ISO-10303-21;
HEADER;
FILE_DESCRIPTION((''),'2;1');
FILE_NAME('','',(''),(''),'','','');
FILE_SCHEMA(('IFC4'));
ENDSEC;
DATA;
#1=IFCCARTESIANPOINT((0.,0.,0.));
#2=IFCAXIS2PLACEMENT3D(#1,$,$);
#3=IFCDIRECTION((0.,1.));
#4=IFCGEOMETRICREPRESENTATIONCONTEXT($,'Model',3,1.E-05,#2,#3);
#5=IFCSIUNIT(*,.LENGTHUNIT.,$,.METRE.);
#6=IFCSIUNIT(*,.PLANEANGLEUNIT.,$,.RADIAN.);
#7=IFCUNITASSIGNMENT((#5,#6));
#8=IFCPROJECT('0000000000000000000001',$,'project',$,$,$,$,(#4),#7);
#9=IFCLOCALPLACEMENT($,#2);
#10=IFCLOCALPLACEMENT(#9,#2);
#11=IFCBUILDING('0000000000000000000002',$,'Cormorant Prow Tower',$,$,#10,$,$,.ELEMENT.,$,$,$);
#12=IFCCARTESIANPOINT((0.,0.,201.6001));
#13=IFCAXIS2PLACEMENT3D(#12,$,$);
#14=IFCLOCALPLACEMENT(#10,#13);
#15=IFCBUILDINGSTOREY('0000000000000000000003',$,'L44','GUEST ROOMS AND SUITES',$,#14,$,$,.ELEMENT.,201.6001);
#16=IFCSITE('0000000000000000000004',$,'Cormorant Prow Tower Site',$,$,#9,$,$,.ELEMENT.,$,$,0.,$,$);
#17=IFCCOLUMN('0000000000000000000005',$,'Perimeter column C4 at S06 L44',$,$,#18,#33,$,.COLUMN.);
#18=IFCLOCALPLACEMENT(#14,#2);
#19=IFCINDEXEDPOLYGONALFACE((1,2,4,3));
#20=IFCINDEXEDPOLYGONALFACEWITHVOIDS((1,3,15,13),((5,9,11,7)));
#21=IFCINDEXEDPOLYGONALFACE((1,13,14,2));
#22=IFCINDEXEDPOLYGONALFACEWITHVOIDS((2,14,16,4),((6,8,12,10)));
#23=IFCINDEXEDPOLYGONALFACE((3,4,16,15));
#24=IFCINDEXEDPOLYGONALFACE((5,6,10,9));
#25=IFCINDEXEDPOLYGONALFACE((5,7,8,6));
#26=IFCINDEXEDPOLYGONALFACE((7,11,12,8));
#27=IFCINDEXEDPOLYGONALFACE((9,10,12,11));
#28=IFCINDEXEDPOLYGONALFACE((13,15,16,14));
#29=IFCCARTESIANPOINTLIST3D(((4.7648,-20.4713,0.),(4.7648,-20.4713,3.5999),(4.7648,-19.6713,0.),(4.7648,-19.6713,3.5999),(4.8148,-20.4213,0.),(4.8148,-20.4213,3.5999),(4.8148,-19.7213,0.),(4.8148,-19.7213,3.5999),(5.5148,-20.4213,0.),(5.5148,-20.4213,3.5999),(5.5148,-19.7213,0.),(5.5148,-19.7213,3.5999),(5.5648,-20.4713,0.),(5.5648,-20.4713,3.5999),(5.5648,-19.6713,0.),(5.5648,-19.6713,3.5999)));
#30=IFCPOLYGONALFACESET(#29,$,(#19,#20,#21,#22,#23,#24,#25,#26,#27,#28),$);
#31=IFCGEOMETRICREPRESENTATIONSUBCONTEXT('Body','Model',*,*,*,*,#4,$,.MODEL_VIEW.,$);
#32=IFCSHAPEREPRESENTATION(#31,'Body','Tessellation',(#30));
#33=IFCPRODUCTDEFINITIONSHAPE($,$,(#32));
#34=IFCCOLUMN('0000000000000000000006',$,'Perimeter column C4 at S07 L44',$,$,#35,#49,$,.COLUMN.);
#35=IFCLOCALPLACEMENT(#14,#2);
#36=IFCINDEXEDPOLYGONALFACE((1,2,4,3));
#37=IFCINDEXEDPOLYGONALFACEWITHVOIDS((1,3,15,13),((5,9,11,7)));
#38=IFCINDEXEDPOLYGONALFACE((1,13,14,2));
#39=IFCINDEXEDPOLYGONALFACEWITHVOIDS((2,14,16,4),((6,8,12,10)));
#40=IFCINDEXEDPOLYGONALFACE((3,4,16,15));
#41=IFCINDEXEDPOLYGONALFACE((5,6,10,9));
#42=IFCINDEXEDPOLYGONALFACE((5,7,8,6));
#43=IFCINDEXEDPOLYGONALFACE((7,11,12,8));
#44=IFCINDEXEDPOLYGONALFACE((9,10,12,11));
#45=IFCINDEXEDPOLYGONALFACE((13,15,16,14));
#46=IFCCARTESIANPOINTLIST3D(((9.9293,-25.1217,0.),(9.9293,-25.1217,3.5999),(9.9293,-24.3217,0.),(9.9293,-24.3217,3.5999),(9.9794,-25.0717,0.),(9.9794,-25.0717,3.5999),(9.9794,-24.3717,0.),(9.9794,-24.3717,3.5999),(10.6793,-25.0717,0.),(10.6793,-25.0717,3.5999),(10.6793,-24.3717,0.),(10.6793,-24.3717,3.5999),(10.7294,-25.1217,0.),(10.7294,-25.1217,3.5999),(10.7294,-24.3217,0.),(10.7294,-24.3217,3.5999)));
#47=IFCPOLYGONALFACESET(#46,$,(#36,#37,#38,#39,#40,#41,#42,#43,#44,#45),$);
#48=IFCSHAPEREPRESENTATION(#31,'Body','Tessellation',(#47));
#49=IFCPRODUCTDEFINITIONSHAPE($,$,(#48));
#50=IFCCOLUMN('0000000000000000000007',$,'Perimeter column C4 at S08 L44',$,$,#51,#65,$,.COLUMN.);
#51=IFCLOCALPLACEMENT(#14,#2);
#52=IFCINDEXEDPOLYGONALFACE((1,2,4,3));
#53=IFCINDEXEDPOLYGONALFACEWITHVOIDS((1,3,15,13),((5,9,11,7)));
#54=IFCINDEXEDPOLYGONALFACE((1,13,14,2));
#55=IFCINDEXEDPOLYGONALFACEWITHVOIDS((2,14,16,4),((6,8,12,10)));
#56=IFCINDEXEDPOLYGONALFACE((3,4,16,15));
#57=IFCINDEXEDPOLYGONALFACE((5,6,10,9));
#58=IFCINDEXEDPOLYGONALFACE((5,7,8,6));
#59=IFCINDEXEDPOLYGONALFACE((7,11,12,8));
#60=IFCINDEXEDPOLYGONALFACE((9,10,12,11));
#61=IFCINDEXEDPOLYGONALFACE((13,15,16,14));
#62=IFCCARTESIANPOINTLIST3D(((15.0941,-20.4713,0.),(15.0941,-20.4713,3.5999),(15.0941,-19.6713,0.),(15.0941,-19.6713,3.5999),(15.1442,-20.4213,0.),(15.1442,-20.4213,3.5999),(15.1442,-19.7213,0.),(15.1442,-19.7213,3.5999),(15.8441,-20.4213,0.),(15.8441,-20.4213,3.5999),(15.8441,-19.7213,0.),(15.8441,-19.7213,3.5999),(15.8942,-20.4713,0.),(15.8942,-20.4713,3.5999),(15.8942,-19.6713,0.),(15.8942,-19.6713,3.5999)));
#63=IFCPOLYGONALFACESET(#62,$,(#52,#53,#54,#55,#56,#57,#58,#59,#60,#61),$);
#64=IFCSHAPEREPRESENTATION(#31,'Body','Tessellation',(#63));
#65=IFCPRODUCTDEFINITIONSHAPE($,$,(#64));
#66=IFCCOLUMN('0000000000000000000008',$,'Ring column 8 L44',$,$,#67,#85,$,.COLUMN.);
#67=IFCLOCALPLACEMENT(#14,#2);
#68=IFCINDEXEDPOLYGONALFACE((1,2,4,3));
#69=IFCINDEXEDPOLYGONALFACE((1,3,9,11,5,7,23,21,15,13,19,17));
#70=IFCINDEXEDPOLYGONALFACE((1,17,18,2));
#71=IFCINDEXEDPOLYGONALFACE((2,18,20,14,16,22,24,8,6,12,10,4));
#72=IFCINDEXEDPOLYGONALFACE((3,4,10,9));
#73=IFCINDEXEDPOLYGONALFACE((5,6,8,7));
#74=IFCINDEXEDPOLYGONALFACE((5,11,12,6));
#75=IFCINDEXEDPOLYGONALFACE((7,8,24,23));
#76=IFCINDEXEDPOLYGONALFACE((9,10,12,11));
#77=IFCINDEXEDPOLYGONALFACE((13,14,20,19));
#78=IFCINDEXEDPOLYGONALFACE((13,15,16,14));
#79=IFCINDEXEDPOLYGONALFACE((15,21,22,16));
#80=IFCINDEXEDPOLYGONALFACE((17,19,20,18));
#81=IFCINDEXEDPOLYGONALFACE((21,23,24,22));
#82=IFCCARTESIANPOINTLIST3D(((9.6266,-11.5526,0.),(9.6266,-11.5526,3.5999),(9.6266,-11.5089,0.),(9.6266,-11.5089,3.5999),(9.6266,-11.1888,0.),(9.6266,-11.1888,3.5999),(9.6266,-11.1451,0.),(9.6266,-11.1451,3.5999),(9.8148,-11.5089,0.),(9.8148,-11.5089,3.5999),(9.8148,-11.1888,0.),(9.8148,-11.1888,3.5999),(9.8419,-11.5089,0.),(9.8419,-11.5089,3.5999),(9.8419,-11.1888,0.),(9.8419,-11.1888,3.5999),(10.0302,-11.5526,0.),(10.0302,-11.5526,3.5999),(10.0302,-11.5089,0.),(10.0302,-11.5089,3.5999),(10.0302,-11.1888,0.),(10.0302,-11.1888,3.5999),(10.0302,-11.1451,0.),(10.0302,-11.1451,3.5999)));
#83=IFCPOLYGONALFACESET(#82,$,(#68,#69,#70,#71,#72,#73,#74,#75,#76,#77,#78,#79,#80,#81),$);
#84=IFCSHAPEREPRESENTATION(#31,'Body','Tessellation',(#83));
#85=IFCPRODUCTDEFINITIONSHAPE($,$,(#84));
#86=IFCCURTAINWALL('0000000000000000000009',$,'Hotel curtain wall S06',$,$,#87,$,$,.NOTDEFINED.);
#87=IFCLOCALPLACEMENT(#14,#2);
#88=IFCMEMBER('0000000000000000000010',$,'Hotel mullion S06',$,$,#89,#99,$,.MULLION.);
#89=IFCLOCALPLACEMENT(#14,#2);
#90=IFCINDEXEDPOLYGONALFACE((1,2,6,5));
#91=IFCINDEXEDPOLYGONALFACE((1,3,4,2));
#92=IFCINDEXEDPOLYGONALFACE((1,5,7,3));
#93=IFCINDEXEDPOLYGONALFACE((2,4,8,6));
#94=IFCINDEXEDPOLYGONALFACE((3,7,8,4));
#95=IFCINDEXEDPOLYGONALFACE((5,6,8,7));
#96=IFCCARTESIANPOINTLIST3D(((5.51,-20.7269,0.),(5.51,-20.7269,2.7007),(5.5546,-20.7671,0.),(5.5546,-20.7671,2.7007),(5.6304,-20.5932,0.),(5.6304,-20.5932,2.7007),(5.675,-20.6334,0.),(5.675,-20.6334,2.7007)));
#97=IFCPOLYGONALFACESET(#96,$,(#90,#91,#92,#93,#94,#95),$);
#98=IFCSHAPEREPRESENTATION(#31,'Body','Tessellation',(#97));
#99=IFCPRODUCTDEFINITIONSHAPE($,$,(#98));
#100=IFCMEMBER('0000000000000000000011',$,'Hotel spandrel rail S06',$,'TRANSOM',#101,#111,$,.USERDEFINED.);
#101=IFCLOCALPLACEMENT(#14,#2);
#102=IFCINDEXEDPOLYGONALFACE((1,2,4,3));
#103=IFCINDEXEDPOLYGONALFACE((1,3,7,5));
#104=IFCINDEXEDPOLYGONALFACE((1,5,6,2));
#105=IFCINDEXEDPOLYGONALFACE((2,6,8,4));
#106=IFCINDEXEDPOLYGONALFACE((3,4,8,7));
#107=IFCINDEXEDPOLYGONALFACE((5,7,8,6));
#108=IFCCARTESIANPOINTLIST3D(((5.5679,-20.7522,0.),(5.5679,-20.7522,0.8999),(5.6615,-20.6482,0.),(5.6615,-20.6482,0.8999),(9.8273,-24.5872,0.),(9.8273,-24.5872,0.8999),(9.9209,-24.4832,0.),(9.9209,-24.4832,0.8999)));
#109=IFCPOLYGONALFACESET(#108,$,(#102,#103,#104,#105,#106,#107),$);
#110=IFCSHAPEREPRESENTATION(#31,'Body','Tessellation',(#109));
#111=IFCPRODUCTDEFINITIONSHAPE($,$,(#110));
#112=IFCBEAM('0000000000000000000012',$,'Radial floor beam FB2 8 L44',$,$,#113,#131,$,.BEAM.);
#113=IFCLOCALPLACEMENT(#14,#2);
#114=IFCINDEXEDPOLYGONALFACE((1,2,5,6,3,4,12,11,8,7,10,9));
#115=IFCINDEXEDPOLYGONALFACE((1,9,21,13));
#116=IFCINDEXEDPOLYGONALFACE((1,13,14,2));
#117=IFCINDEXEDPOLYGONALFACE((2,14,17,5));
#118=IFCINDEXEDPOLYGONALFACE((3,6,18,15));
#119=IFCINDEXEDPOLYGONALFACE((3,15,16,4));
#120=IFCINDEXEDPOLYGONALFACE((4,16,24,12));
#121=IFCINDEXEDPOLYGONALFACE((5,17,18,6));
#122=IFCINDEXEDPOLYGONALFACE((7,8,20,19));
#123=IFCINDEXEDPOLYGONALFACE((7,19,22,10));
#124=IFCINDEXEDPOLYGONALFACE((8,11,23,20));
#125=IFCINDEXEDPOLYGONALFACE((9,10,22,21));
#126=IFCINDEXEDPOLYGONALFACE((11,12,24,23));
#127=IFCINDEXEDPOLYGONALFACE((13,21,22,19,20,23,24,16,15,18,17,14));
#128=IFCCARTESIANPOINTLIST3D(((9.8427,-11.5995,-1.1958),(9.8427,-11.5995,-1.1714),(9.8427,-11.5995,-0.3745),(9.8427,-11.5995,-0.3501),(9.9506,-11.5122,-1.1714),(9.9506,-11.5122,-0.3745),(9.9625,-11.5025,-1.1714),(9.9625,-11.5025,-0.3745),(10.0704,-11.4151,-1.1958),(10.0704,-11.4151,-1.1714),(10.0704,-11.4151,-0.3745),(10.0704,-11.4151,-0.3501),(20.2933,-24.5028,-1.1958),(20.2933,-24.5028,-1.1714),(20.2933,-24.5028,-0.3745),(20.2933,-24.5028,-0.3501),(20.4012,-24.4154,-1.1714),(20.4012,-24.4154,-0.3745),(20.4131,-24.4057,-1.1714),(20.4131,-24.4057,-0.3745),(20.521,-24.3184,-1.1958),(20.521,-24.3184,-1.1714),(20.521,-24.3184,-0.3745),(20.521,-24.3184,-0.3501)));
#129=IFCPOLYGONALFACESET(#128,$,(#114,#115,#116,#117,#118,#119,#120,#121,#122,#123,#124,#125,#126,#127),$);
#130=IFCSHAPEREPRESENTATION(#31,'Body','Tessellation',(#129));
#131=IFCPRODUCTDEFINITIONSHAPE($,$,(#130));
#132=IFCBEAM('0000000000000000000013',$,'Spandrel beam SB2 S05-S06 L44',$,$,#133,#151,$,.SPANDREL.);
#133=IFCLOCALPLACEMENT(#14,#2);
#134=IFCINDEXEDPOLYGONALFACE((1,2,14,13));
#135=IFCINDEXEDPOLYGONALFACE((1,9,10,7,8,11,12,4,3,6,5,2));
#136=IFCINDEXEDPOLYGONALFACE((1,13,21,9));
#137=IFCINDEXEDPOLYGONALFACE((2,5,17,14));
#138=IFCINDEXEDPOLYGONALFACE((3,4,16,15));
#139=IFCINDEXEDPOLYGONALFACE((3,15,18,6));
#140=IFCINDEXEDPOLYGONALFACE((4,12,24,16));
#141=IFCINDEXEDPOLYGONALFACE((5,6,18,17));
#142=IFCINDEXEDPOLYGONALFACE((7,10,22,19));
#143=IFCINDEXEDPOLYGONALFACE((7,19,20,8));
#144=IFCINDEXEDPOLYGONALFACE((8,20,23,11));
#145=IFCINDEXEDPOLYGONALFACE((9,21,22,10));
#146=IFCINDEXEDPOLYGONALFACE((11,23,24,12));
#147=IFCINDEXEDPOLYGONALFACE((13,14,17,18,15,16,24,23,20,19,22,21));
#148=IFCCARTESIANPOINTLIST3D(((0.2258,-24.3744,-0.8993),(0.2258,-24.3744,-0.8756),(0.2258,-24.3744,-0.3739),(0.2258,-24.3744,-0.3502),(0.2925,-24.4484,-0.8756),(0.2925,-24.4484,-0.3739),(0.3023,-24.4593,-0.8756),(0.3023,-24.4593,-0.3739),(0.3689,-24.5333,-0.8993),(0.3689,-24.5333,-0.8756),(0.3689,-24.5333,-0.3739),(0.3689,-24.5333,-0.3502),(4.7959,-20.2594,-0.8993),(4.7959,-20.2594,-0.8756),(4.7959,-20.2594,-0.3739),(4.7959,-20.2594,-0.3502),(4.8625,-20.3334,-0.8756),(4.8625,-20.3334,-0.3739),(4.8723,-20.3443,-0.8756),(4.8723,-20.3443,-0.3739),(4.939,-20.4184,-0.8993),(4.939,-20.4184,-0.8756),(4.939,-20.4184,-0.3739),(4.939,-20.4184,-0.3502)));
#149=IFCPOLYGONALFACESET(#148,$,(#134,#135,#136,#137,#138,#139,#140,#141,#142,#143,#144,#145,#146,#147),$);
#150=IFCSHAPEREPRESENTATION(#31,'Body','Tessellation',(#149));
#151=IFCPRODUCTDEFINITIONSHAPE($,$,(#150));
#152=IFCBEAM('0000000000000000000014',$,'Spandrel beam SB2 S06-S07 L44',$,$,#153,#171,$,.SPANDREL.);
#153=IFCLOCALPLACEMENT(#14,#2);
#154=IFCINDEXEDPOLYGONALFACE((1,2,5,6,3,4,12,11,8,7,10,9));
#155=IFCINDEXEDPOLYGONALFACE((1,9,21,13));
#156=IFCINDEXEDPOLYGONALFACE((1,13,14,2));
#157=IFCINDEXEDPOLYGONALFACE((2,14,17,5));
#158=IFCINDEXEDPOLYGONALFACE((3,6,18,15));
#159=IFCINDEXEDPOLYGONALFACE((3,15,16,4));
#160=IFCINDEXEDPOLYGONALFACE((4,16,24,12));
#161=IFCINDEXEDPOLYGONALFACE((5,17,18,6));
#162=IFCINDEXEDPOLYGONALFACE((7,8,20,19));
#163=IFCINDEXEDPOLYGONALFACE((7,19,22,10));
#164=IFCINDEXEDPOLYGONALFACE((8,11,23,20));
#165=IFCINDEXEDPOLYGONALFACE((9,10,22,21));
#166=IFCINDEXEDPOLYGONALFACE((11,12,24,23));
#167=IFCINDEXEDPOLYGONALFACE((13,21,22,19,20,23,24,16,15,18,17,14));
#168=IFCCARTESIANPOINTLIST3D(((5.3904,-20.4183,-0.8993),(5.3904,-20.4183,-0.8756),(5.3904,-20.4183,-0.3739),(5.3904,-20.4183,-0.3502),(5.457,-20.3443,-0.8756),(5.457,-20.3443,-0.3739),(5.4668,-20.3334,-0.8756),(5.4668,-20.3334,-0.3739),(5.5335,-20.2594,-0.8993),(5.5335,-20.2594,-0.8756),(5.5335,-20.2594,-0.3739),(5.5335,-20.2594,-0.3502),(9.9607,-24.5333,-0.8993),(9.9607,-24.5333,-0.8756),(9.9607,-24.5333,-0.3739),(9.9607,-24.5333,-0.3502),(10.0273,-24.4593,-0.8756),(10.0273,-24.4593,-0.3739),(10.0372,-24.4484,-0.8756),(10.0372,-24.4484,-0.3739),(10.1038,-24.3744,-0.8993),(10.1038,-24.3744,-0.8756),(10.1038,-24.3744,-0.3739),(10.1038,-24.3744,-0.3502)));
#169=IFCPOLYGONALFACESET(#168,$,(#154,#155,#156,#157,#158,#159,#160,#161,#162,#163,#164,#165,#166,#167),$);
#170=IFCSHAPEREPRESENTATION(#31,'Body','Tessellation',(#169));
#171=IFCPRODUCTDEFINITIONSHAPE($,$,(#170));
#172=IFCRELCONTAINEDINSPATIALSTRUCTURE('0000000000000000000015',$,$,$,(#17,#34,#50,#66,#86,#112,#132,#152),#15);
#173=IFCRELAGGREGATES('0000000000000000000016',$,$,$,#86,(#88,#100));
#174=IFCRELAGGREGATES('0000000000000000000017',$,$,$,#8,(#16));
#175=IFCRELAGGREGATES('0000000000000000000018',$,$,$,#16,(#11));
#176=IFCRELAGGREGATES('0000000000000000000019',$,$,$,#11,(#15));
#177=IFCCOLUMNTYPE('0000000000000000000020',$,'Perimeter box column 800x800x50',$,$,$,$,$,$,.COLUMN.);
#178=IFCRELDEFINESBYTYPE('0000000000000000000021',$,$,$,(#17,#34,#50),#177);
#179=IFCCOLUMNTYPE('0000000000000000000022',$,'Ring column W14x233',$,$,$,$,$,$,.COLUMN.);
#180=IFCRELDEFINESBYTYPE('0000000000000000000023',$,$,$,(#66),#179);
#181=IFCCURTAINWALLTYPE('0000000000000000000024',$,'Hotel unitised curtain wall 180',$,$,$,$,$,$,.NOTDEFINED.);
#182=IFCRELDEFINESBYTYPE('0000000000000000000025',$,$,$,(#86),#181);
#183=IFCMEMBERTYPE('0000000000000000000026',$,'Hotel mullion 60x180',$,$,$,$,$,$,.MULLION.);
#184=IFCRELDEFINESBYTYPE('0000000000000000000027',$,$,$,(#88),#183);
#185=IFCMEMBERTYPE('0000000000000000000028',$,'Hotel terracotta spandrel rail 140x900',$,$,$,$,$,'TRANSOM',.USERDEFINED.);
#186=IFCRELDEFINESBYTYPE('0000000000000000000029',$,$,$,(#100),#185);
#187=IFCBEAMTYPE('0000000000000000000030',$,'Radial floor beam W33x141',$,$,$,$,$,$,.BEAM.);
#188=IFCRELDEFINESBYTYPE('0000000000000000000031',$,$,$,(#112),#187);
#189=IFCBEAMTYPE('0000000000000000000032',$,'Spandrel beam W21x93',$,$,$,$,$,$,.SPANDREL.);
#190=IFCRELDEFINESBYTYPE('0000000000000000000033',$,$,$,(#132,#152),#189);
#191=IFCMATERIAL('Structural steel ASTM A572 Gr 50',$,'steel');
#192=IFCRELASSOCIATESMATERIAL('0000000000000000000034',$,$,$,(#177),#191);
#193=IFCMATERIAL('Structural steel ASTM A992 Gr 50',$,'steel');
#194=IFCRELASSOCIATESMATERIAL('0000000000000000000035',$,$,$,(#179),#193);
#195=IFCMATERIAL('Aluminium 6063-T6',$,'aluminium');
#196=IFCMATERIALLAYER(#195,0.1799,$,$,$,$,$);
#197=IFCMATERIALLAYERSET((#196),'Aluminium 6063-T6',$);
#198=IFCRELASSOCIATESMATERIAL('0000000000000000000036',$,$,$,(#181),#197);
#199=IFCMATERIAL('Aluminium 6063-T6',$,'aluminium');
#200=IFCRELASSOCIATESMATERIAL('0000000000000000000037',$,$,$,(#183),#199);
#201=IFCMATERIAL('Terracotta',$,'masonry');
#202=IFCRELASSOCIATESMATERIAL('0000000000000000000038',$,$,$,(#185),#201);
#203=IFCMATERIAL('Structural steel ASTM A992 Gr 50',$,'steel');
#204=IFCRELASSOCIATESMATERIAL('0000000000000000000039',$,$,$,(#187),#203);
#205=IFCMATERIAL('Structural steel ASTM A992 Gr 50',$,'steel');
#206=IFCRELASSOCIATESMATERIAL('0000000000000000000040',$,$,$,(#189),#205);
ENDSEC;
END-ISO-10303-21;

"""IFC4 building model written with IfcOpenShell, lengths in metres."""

from ifc_helpers import new_model, si_unit, direction, frame, origin, origin_2d, place, context, subcontext, project, spatial, rectangle, hollow_rectangle, i_section, extrude, material, layer, layer_set, material_profile, profile_set, type_object, element, aggregate, save


model = new_model("IFC4")

# Units and contexts
model_context = context("Model", 3, precision=1e-05, world=origin(), true_north=direction((0.0, 1.0)))
body_context = subcontext(model_context, "Body", "Model", "MODEL_VIEW")
ifc_project = project(units=[si_unit("LENGTHUNIT", "METRE"), si_unit("PLANEANGLEUNIT", "RADIAN")], contexts=[model_context])

# Site, building, storey
site_placement = place(None, origin())
site = spatial("IfcSite", under=ifc_project, at=site_placement, Name="Cormorant Prow Tower Site", CompositionType="ELEMENT", RefElevation=0.0)
building_placement = place(site_placement, origin())
building = spatial("IfcBuilding", under=site, at=building_placement, Name="Cormorant Prow Tower", CompositionType="ELEMENT")
storey_placement = place(building_placement, frame((0.0, 0.0, 201.6001)))
storey = spatial("IfcBuildingStorey", under=building, at=storey_placement, Name="L44", Description="GUEST ROOMS AND SUITES", CompositionType="ELEMENT", Elevation=201.6001)

# Columns
ifc_material_1 = material(Name="Structural steel ASTM A572 Gr 50", Category="steel")
ifc_material_profile_1 = material_profile(ifc_material_1, hollow_rectangle(XDim=0.8, YDim=0.8, WallThickness=0.05, at=origin_2d()), Name="Box 800x800x50")
ifc_profile_set_1 = profile_set([ifc_material_profile_1], Name="Structural steel ASTM A572 Gr 50")
column_type_1 = type_object("IfcColumnType", Name="Perimeter box column 800x800x50", PredefinedType="COLUMN", material=ifc_profile_set_1)
for number, where, z_axis, x_axis, name in (
    (1, (5.1648, -20.0713, 0.0), (0.0, 0.0, 1.0), (1.0, 0.0, 0.0), "Perimeter column C4 at S06 L44"),
    (2, (10.3293, -24.7217, 0.0), (0.0, 0.0, 1.0), (1.0, 0.0, 0.0), "Perimeter column C4 at S07 L44"),
    (3, (15.4941, -20.0713, 0.0), (0.0, 0.0, 1.0), (1.0, 0.0, 0.0), "Perimeter column C4 at S08 L44"),
):
    element("IfcColumn", number, at=place(storey_placement, frame(where, z_axis=z_axis, x_axis=x_axis)), inside=storey, type_object=column_type_1, Name=name, PredefinedType="COLUMN", context=body_context, shape_type="SweptSolid", body=[
        extrude(hollow_rectangle(XDim=0.8, YDim=0.8, WallThickness=0.05, at=origin_2d()), origin(), (0.0, 0.0, 1.0), 3.5999),
    ])
ifc_material_2 = material(Name="Structural steel ASTM A992 Gr 50", Category="steel")
ifc_material_profile_2 = material_profile(ifc_material_2, i_section(OverallWidth=0.4036, OverallDepth=0.4075, WebThickness=0.0271, FlangeThickness=0.0437, at=origin_2d()), Name="W14x233")
ifc_profile_set_2 = profile_set([ifc_material_profile_2], Name="Structural steel ASTM A992 Gr 50")
column_type_2 = type_object("IfcColumnType", Name="Ring column W14x233", PredefinedType="COLUMN", material=ifc_profile_set_2)
column_placement = place(storey_placement, frame((9.8284, -11.3489, 0.0), z_axis=(0.0, 0.0, 1.0), x_axis=(1.0, 0.0, 0.0)))
element("IfcColumn", 4, at=column_placement, inside=storey, type_object=column_type_2, Name="Ring column 8 L44", PredefinedType="COLUMN", context=body_context, shape_type="SweptSolid", body=[
    extrude(i_section(OverallWidth=0.4036, OverallDepth=0.4075, WebThickness=0.0271, FlangeThickness=0.0437, at=origin_2d()), origin(), (0.0, 0.0, 1.0), 3.5999),
])

# Curtain wall, members
ifc_material_3 = material(Name="Aluminium 6063-T6", Category="aluminium")
ifc_layer_1 = layer(ifc_material_3, 0.1799)
ifc_layer_set_1 = layer_set([ifc_layer_1], Name="Aluminium 6063-T6")
curtain_wall_type = type_object("IfcCurtainWallType", Name="Hotel unitised curtain wall 180", PredefinedType="NOTDEFINED", material=ifc_layer_set_1)
curtain_wall_placement = place(storey_placement, origin())
curtain_wall = element("IfcCurtainWall", 5, at=curtain_wall_placement, inside=storey, type_object=curtain_wall_type, Name="Hotel curtain wall S06", PredefinedType="NOTDEFINED")
ifc_material_4 = material(Name="Aluminium 6063-T6", Category="aluminium")
ifc_material_profile_3 = material_profile(ifc_material_4, rectangle(XDim=0.1799, YDim=0.0601, at=origin_2d()), Name="Hotel mullion 60x180")
ifc_profile_set_3 = profile_set([ifc_material_profile_3], Name="Aluminium 6063-T6")
member_type_1 = type_object("IfcMemberType", Name="Hotel mullion 60x180", PredefinedType="MULLION", material=ifc_profile_set_3)
member_1_placement = place(storey_placement, frame((5.5925, -20.6802, 0.0), z_axis=(0.0, 0.0, 1.0), x_axis=(0.669131, 0.743145, 0.0)))
member_1 = element("IfcMember", 6, at=member_1_placement, type_object=member_type_1, Name="Hotel mullion S06", PredefinedType="MULLION", context=body_context, shape_type="SweptSolid", body=[
    extrude(rectangle(XDim=0.1799, YDim=0.0601, at=origin_2d()), origin(), (0.0, 0.0, 1.0), 2.7007),
])
ifc_material_5 = material(Name="Terracotta", Category="masonry")
ifc_material_profile_4 = material_profile(ifc_material_5, rectangle(XDim=0.1399, YDim=0.8999, at=origin_2d()), Name="Hotel terracotta spandrel rail 140x900")
ifc_profile_set_4 = profile_set([ifc_material_profile_4], Name="Terracotta")
member_type_2 = type_object("IfcMemberType", Name="Hotel terracotta spandrel rail 140x900", ElementType="TRANSOM", PredefinedType="USERDEFINED", material=ifc_profile_set_4)
member_2_placement = place(storey_placement, frame((5.6147, -20.7002, 0.45), z_axis=(0.743154, -0.66912, 0.0), x_axis=(0.66912, 0.743154, 0.0)))
member_2 = element("IfcMember", 7, at=member_2_placement, type_object=member_type_2, Name="Hotel spandrel rail S06", ObjectType="TRANSOM", PredefinedType="USERDEFINED", context=body_context, shape_type="SweptSolid", body=[
    extrude(rectangle(XDim=0.1399, YDim=0.8999, at=origin_2d()), origin(), (0.0, 0.0, 1.0), 5.7314),
])

# Beams
ifc_material_6 = material(Name="Structural steel ASTM A992 Gr 50", Category="steel")
ifc_material_profile_5 = material_profile(ifc_material_6, i_section(OverallWidth=0.293, OverallDepth=0.8457, WebThickness=0.0154, FlangeThickness=0.0244, at=origin_2d()), Name="W33x141")
ifc_profile_set_5 = profile_set([ifc_material_profile_5], Name="Structural steel ASTM A992 Gr 50")
beam_type_1 = type_object("IfcBeamType", Name="Radial floor beam W33x141", PredefinedType="BEAM", material=ifc_profile_set_5)
beam_1_placement = place(storey_placement, frame((9.9565, -11.5073, -0.7729), z_axis=(0.629385, -0.777094, 0.0), x_axis=(0.777094, 0.629385, 0.0)))
element("IfcBeam", 8, at=beam_1_placement, inside=storey, type_object=beam_type_1, Name="Radial floor beam FB2 8 L44", PredefinedType="BEAM", context=body_context, shape_type="SweptSolid", body=[
    extrude(i_section(OverallWidth=0.293, OverallDepth=0.8457, WebThickness=0.0154, FlangeThickness=0.0244, at=origin_2d()), origin(), (0.0, 0.0, 1.0), 16.6045),
])
ifc_material_7 = material(Name="Structural steel ASTM A992 Gr 50", Category="steel")
ifc_material_profile_6 = material_profile(ifc_material_7, i_section(OverallWidth=0.2139, OverallDepth=0.5491, WebThickness=0.0146, FlangeThickness=0.0237, at=origin_2d()), Name="W21x93")
ifc_profile_set_6 = profile_set([ifc_material_profile_6], Name="Structural steel ASTM A992 Gr 50")
beam_type_2 = type_object("IfcBeamType", Name="Spandrel beam W21x93", PredefinedType="SPANDREL", material=ifc_profile_set_6)
beam_2_placement = place(storey_placement, frame((0.2974, -24.4539, -0.6248), z_axis=(0.743138, 0.669138, 0.0), x_axis=(-0.669138, 0.743138, 0.0)))
element("IfcBeam", 9, at=beam_2_placement, inside=storey, type_object=beam_type_2, Name="Spandrel beam SB2 S05-S06 L44", PredefinedType="SPANDREL", context=body_context, shape_type="SweptSolid", body=[
    extrude(i_section(OverallWidth=0.2139, OverallDepth=0.5491, WebThickness=0.0146, FlangeThickness=0.0237, at=origin_2d()), origin(), (0.0, 0.0, 1.0), 6.1497),
])
beam_3_placement = place(storey_placement, frame((5.4619, -20.3389, -0.6248), z_axis=(0.743156, -0.669118, 0.0), x_axis=(0.669118, 0.743156, 0.0)))
element("IfcBeam", 10, at=beam_3_placement, inside=storey, type_object=beam_type_2, Name="Spandrel beam SB2 S06-S07 L44", PredefinedType="SPANDREL", context=body_context, shape_type="SweptSolid", body=[
    extrude(i_section(OverallWidth=0.2139, OverallDepth=0.5491, WebThickness=0.0146, FlangeThickness=0.0237, at=origin_2d()), origin(), (0.0, 0.0, 1.0), 6.1499),
])

aggregate(curtain_wall, [member_1, member_2])

save(model, "model.ifc")
